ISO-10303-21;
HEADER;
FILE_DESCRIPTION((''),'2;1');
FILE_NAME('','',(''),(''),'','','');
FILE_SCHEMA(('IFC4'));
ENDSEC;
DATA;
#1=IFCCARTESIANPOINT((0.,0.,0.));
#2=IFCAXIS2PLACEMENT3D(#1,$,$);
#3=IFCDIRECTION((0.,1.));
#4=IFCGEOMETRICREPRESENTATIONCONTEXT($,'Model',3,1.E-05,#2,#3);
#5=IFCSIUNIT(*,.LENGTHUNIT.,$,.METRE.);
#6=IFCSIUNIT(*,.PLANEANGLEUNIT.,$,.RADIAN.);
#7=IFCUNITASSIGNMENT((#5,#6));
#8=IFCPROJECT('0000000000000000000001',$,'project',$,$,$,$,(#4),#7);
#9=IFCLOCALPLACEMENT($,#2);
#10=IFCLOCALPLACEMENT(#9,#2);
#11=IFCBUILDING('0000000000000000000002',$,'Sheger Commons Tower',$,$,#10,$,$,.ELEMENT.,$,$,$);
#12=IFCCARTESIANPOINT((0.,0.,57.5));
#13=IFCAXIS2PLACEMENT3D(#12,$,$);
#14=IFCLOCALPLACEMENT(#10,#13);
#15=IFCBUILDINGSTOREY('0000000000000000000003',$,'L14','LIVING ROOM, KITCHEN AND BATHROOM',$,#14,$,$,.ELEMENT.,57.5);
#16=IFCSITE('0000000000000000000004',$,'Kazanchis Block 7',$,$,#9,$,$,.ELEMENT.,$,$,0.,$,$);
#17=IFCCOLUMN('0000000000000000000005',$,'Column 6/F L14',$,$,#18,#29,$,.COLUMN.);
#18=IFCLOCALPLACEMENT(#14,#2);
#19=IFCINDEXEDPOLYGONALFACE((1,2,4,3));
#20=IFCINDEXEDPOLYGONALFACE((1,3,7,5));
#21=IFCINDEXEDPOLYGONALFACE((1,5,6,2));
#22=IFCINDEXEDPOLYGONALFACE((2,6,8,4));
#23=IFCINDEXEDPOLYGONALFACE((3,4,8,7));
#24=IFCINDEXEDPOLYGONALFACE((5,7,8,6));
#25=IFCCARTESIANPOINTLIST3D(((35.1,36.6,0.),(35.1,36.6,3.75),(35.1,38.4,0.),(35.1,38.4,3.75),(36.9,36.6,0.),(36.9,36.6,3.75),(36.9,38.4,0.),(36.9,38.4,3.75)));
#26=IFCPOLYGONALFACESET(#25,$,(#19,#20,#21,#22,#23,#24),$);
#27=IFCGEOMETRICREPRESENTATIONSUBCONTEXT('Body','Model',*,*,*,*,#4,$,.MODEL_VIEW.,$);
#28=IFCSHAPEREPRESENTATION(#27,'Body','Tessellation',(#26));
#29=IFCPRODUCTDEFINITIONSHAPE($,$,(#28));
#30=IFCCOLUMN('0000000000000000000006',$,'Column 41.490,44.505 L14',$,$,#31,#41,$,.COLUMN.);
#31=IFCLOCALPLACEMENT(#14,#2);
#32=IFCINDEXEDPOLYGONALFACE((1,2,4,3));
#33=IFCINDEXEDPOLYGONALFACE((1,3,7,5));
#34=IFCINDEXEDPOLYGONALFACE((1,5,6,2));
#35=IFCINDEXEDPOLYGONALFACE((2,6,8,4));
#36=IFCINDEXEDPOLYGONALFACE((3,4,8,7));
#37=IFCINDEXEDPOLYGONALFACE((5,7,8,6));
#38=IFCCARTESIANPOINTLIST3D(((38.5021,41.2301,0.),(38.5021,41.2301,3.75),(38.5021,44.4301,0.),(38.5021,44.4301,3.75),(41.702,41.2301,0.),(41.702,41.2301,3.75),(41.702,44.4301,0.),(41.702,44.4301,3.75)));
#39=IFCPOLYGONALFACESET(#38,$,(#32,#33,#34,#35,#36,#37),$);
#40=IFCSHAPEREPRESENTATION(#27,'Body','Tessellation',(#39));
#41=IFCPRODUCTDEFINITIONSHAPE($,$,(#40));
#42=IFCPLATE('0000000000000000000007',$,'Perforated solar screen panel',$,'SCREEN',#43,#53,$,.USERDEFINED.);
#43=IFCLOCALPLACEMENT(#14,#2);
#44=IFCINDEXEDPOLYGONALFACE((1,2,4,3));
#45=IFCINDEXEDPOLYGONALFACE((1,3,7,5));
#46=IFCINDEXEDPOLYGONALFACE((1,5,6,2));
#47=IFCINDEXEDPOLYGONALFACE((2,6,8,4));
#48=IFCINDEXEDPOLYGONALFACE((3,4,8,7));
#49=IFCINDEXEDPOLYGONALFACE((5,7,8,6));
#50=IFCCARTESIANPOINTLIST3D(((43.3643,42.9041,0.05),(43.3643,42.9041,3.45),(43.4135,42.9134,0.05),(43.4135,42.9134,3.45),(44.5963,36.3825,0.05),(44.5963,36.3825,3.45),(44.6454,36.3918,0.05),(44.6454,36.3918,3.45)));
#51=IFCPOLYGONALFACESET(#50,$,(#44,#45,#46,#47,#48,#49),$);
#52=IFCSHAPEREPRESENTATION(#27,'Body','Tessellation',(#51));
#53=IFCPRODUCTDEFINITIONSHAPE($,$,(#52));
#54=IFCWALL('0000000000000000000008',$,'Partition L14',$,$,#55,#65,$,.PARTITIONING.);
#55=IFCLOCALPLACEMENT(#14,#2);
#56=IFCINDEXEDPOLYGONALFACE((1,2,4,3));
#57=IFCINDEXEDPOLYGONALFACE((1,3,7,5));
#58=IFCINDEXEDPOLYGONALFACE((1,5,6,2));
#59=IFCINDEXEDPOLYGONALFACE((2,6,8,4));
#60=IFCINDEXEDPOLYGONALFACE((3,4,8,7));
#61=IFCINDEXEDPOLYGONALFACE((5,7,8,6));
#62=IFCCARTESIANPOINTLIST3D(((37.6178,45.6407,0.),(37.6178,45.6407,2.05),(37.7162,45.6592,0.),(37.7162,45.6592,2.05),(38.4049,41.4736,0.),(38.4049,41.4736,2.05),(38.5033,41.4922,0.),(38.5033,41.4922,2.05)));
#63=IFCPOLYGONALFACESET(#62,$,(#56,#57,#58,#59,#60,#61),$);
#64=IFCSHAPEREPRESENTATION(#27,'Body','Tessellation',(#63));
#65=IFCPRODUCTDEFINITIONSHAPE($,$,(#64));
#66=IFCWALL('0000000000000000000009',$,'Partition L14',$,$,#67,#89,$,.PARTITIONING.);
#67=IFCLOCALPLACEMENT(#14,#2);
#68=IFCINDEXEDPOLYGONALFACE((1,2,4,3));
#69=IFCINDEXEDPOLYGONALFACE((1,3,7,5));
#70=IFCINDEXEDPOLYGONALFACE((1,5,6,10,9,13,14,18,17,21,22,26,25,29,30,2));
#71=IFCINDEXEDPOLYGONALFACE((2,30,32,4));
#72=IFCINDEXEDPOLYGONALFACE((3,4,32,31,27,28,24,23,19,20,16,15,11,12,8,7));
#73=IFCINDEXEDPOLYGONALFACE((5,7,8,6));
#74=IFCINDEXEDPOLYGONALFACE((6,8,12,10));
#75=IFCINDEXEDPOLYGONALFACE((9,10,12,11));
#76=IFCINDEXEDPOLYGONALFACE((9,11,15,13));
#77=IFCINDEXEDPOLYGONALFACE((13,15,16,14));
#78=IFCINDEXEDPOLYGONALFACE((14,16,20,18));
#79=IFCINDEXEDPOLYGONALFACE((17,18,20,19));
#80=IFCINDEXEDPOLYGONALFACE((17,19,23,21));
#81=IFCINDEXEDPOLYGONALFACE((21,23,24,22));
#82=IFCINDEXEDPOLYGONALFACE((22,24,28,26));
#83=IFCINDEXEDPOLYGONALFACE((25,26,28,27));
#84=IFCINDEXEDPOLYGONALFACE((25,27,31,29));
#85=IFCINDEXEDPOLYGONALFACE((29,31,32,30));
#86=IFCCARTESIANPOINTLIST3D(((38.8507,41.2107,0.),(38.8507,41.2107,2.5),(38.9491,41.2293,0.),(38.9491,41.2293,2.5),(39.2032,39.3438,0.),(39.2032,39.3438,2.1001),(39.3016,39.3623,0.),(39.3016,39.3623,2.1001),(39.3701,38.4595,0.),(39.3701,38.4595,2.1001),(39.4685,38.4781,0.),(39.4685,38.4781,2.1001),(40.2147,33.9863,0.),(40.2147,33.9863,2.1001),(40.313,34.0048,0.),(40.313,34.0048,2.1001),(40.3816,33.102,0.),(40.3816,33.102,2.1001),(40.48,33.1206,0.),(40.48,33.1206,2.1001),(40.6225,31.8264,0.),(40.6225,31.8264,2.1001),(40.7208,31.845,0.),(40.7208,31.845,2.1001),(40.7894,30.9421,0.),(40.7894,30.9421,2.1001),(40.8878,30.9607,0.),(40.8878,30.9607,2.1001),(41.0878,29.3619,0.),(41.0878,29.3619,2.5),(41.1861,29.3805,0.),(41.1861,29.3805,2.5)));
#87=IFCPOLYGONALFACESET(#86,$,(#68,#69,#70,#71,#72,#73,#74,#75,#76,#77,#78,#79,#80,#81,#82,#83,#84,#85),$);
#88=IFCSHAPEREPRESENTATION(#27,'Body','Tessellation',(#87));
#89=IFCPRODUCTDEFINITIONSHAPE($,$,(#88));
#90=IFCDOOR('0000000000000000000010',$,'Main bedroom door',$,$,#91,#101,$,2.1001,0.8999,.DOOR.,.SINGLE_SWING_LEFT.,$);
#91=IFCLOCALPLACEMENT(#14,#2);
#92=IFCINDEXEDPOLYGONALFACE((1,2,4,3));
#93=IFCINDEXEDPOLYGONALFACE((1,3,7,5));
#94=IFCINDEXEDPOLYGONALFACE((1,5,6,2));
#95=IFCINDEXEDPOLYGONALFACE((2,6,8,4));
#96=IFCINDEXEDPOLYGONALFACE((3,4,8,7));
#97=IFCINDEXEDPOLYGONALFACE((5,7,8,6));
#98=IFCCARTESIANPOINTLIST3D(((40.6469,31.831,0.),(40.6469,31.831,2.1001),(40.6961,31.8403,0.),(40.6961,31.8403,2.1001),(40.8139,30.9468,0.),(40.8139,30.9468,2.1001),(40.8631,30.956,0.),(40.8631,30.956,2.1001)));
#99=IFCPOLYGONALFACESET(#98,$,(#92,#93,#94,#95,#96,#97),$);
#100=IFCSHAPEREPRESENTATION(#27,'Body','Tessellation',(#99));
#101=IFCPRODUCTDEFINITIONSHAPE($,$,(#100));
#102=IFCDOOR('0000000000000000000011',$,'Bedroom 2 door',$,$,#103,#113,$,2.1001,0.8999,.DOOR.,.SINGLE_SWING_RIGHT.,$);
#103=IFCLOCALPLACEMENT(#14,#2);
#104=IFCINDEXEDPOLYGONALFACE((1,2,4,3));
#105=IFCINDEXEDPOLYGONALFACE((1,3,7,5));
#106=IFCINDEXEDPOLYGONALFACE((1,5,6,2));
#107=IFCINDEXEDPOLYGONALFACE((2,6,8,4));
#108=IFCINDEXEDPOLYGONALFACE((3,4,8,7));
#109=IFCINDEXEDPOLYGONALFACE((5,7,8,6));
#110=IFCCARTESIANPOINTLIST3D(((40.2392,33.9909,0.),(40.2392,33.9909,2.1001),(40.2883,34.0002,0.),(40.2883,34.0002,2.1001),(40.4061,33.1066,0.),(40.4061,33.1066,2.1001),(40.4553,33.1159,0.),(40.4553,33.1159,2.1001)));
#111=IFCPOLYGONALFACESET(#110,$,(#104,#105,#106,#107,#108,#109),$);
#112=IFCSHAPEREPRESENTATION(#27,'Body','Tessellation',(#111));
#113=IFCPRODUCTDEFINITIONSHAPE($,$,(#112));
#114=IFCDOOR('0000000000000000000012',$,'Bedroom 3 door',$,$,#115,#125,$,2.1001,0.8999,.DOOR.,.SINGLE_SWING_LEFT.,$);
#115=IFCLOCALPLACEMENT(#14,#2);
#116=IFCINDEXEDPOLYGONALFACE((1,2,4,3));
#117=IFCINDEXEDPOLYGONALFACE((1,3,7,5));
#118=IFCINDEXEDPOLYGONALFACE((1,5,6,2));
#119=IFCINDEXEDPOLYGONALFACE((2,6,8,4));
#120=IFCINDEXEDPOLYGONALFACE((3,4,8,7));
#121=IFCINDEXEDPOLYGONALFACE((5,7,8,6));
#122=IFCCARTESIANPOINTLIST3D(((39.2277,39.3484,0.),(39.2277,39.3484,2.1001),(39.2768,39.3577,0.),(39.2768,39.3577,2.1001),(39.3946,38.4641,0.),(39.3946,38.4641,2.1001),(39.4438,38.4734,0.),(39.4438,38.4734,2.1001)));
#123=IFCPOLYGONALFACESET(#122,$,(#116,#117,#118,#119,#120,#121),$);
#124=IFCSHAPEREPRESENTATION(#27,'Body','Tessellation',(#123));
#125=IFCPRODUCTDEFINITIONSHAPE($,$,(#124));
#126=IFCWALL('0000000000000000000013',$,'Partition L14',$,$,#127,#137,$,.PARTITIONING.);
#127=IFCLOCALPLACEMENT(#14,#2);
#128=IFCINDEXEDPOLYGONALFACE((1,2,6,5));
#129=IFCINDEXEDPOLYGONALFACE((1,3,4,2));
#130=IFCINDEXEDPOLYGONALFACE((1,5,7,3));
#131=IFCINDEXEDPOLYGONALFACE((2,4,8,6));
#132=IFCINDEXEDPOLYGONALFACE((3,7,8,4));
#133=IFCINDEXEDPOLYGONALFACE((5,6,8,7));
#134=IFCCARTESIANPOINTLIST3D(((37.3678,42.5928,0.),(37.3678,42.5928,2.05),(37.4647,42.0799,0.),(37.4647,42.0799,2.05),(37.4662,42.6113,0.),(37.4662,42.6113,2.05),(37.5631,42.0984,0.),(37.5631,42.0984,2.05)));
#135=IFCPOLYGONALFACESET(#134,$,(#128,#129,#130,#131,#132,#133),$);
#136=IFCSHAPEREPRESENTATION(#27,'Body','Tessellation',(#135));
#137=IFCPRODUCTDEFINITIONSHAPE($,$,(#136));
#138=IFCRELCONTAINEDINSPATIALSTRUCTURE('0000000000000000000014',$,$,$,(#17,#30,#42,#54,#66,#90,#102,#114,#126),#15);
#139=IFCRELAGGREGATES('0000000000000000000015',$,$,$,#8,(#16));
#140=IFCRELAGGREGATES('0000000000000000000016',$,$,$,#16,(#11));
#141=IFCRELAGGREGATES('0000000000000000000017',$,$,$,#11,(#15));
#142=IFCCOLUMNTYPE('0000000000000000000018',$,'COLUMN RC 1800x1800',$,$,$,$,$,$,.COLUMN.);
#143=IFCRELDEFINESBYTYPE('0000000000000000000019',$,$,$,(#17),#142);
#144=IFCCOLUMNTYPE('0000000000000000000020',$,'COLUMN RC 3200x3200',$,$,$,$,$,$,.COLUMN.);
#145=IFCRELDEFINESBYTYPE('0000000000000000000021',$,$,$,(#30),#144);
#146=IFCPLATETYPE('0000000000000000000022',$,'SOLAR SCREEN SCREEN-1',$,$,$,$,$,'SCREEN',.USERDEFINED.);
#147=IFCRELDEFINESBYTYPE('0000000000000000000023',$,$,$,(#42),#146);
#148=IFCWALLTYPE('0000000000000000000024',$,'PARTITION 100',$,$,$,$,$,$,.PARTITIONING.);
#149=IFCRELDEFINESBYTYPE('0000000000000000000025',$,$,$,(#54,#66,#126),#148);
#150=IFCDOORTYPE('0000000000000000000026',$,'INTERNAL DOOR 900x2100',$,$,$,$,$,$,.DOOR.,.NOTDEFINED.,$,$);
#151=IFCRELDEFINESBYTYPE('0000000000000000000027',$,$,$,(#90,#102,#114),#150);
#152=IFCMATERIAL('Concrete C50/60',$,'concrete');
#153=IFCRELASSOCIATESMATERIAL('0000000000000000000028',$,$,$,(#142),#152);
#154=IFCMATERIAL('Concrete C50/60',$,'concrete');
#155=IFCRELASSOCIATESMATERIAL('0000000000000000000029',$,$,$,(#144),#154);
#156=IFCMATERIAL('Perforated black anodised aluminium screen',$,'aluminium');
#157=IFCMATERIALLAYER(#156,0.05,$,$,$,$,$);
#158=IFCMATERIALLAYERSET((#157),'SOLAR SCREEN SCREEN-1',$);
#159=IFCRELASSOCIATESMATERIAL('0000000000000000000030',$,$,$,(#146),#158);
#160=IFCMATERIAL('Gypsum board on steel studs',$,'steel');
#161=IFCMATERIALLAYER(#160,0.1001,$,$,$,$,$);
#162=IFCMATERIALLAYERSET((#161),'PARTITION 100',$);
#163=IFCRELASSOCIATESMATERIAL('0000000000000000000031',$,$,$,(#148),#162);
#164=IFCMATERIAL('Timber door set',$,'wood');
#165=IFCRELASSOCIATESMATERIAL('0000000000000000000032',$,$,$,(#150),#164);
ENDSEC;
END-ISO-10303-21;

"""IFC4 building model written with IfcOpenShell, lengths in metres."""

from ifc_helpers import new_model, si_unit, direction, frame, frame_2d, origin, origin_2d, place, context, subcontext, project, spatial, rectangle, extrude, material, layer, layer_set, material_profile, profile_set, type_object, element, fill, save


model = new_model("IFC4")

# Units and contexts
model_context = context("Model", 3, precision=1e-05, world=origin(), true_north=direction((0.0, 1.0)))
body_context = subcontext(model_context, "Body", "Model", "MODEL_VIEW")
ifc_project = project(units=[si_unit("LENGTHUNIT", "METRE"), si_unit("PLANEANGLEUNIT", "RADIAN")], contexts=[model_context])

# Site, building, storey
site_placement = place(None, origin())
site = spatial("IfcSite", under=ifc_project, at=site_placement, Name="Kazanchis Block 7", CompositionType="ELEMENT", RefElevation=0.0)
building_placement = place(site_placement, origin())
building = spatial("IfcBuilding", under=site, at=building_placement, Name="Sheger Commons Tower", CompositionType="ELEMENT")
storey_placement = place(building_placement, frame((0.0, 0.0, 57.5)))
storey = spatial("IfcBuildingStorey", under=building, at=storey_placement, Name="L14", Description="LIVING ROOM, KITCHEN AND BATHROOM", CompositionType="ELEMENT", Elevation=57.5)

# Columns
ifc_material_1 = material(Name="Concrete C50/60", Category="concrete")
ifc_material_profile_1 = material_profile(ifc_material_1, rectangle(XDim=1.8, YDim=1.8, at=origin_2d()), Name="RC 1800x1800")
ifc_profile_set_1 = profile_set([ifc_material_profile_1], Name="Concrete C50/60")
column_type_1 = type_object("IfcColumnType", Name="COLUMN RC 1800x1800", PredefinedType="COLUMN", material=ifc_profile_set_1)
column_1_placement = place(storey_placement, frame((36.0, 37.5, 0.0), z_axis=(0.0, 0.0, 1.0), x_axis=(1.0, 0.0, 0.0)))
element("IfcColumn", 1, at=column_1_placement, inside=storey, type_object=column_type_1, Name="Column 6/F L14", PredefinedType="COLUMN", context=body_context, shape_type="SweptSolid", body=[
    extrude(rectangle(XDim=1.8, YDim=1.8, at=origin_2d()), origin(), (0.0, 0.0, 1.0), 3.75),
])
ifc_material_2 = material(Name="Concrete C50/60", Category="concrete")
ifc_material_profile_2 = material_profile(ifc_material_2, rectangle(XDim=3.2, YDim=3.2, at=origin_2d()), Name="RC 3200x3200")
ifc_profile_set_2 = profile_set([ifc_material_profile_2], Name="Concrete C50/60")
column_type_2 = type_object("IfcColumnType", Name="COLUMN RC 3200x3200", PredefinedType="COLUMN", material=ifc_profile_set_2)
column_2_placement = place(storey_placement, frame((40.1021, 42.8301, 0.0), z_axis=(0.0, 0.0, 1.0), x_axis=(1.0, 0.0, 0.0)))
element("IfcColumn", 2, at=column_2_placement, inside=storey, type_object=column_type_2, Name="Column 41.490,44.505 L14", PredefinedType="COLUMN", context=body_context, shape_type="SweptSolid", body=[
    extrude(rectangle(XDim=3.2, YDim=3.2, at=origin_2d()), origin(), (0.0, 0.0, 1.0), 3.75),
])

# Plate
ifc_material_3 = material(Name="Perforated black anodised aluminium screen", Category="aluminium")
ifc_layer_1 = layer(ifc_material_3, 0.05)
ifc_layer_set_1 = layer_set([ifc_layer_1], Name="SOLAR SCREEN SCREEN-1")
plate_type = type_object("IfcPlateType", Name="SOLAR SCREEN SCREEN-1", ElementType="SCREEN", PredefinedType="USERDEFINED", material=ifc_layer_set_1)
plate_placement = place(storey_placement, frame((44.0049, 39.6479, 0.05), z_axis=(0.0, 0.0, 1.0), x_axis=(-0.185615, 0.982623, 0.0)))
element("IfcPlate", 3, at=plate_placement, inside=storey, type_object=plate_type, Name="Perforated solar screen panel", ObjectType="SCREEN", PredefinedType="USERDEFINED", context=body_context, shape_type="SweptSolid", body=[
    extrude(rectangle(XDim=6.637, YDim=0.05, at=origin_2d()), origin(), (0.0, 0.0, 1.0), 3.3999),
])

# Wall
ifc_material_4 = material(Name="Gypsum board on steel studs", Category="steel")
ifc_layer_2 = layer(ifc_material_4, 0.1001)
ifc_layer_set_2 = layer_set([ifc_layer_2], Name="PARTITION 100")
wall_type = type_object("IfcWallType", Name="PARTITION 100", PredefinedType="PARTITIONING", material=ifc_layer_set_2)
wall_1_placement = place(storey_placement, frame((38.4541, 41.4829, 0.0), z_axis=(0.0, 0.0, 1.0), x_axis=(-0.185609, 0.982624, 0.0)))
element("IfcWall", 4, at=wall_1_placement, inside=storey, type_object=wall_type, Name="Partition L14", PredefinedType="PARTITIONING", context=body_context, shape_type="SweptSolid", body=[
    extrude(rectangle(XDim=4.2407, YDim=0.1001, at=frame_2d((2.1204, 0.0))), origin(), (0.0, 0.0, 1.0), 2.05),
])

# Wall, openings, doors
wall_2_placement = place(storey_placement, frame((38.8999, 41.22, 0.0), z_axis=(0.0, 0.0, 1.0), x_axis=(0.185522, -0.98264, 0.0)))
wall_2 = element("IfcWall", 5, at=wall_2_placement, inside=storey, type_object=wall_type, Name="Partition L14", PredefinedType="PARTITIONING", context=body_context, shape_type="SweptSolid", body=[
    extrude(rectangle(XDim=12.0581, YDim=0.1001, at=frame_2d((6.0291, 0.0))), origin(), (0.0, 0.0, 1.0), 2.5),
])
opening_1_placement = place(wall_2_placement, frame((9.55, 0.0, 0.0)))
opening_1 = element("IfcOpeningElement", 6, at=opening_1_placement, cuts=wall_2, PredefinedType="OPENING", context=body_context, shape_type="SweptSolid", body=[
    extrude(rectangle(XDim=0.8999, YDim=2.1001, at=frame_2d((0.45, 1.05))), frame((0.0, 0.0601, 0.0), z_axis=(0.0, -1.0, 0.0), x_axis=(1.0, 0.0, 0.0)), (0.0, 0.0, 1.0), 0.1201),
])
opening_2_placement = place(wall_2_placement, frame((7.3521, 0.0, 0.0)))
opening_2 = element("IfcOpeningElement", 7, at=opening_2_placement, cuts=wall_2, PredefinedType="OPENING", context=body_context, shape_type="SweptSolid", body=[
    extrude(rectangle(XDim=0.8999, YDim=2.1001, at=frame_2d((0.45, 1.05))), frame((0.0, 0.0601, 0.0), z_axis=(0.0, -1.0, 0.0), x_axis=(1.0, 0.0, 0.0)), (0.0, 0.0, 1.0), 0.1201),
])
opening_3_placement = place(wall_2_placement, frame((1.8999, 0.0, 0.0)))
opening_3 = element("IfcOpeningElement", 8, at=opening_3_placement, cuts=wall_2, PredefinedType="OPENING", context=body_context, shape_type="SweptSolid", body=[
    extrude(rectangle(XDim=0.8999, YDim=2.1001, at=frame_2d((0.45, 1.05))), frame((0.0, 0.0601, 0.0), z_axis=(0.0, -1.0, 0.0), x_axis=(1.0, 0.0, 0.0)), (0.0, 0.0, 1.0), 0.1201),
])
ifc_material_5 = material(Name="Timber door set", Category="wood")
door_type = type_object("IfcDoorType", Name="INTERNAL DOOR 900x2100", OperationType="NOTDEFINED", PredefinedType="DOOR", material=ifc_material_5)
door_1_placement = place(opening_1_placement, origin())
door_1 = element("IfcDoor", 9, at=door_1_placement, inside=storey, type_object=door_type, Name="Main bedroom door", OperationType="SINGLE_SWING_LEFT", OverallHeight=2.1001, OverallWidth=0.8999, PredefinedType="DOOR", context=body_context, shape_type="SweptSolid", body=[
    extrude(rectangle(XDim=0.8999, YDim=2.1001, at=frame_2d((0.45, 1.05))), frame((0.0, 0.0249, 0.0), z_axis=(0.0, -1.0, 0.0), x_axis=(1.0, 0.0, 0.0)), (0.0, 0.0, 1.0), 0.05),
])
fill(opening_1, door_1)
door_2_placement = place(opening_2_placement, origin())
door_2 = element("IfcDoor", 10, at=door_2_placement, inside=storey, type_object=door_type, Name="Bedroom 2 door", OperationType="SINGLE_SWING_RIGHT", OverallHeight=2.1001, OverallWidth=0.8999, PredefinedType="DOOR", context=body_context, shape_type="SweptSolid", body=[
    extrude(rectangle(XDim=0.8999, YDim=2.1001, at=frame_2d((0.45, 1.05))), frame((0.0, 0.0249, 0.0), z_axis=(0.0, -1.0, 0.0), x_axis=(1.0, 0.0, 0.0)), (0.0, 0.0, 1.0), 0.05),
])
fill(opening_2, door_2)
door_3_placement = place(opening_3_placement, origin())
door_3 = element("IfcDoor", 11, at=door_3_placement, inside=storey, type_object=door_type, Name="Bedroom 3 door", OperationType="SINGLE_SWING_LEFT", OverallHeight=2.1001, OverallWidth=0.8999, PredefinedType="DOOR", context=body_context, shape_type="SweptSolid", body=[
    extrude(rectangle(XDim=0.8999, YDim=2.1001, at=frame_2d((0.45, 1.05))), frame((0.0, 0.0249, 0.0), z_axis=(0.0, -1.0, 0.0), x_axis=(1.0, 0.0, 0.0)), (0.0, 0.0, 1.0), 0.05),
])
fill(opening_3, door_3)

# Wall
wall_3_placement = place(storey_placement, frame((37.417, 42.6021, 0.0), z_axis=(0.0, 0.0, 1.0), x_axis=(0.185672, -0.982612, 0.0)))
element("IfcWall", 12, at=wall_3_placement, inside=storey, type_object=wall_type, Name="Partition L14", PredefinedType="PARTITIONING", context=body_context, shape_type="SweptSolid", body=[
    extrude(rectangle(XDim=0.522, YDim=0.1001, at=frame_2d((0.261, 0.0))), origin(), (0.0, 0.0, 1.0), 2.05),
])

save(model, "model.ifc")
